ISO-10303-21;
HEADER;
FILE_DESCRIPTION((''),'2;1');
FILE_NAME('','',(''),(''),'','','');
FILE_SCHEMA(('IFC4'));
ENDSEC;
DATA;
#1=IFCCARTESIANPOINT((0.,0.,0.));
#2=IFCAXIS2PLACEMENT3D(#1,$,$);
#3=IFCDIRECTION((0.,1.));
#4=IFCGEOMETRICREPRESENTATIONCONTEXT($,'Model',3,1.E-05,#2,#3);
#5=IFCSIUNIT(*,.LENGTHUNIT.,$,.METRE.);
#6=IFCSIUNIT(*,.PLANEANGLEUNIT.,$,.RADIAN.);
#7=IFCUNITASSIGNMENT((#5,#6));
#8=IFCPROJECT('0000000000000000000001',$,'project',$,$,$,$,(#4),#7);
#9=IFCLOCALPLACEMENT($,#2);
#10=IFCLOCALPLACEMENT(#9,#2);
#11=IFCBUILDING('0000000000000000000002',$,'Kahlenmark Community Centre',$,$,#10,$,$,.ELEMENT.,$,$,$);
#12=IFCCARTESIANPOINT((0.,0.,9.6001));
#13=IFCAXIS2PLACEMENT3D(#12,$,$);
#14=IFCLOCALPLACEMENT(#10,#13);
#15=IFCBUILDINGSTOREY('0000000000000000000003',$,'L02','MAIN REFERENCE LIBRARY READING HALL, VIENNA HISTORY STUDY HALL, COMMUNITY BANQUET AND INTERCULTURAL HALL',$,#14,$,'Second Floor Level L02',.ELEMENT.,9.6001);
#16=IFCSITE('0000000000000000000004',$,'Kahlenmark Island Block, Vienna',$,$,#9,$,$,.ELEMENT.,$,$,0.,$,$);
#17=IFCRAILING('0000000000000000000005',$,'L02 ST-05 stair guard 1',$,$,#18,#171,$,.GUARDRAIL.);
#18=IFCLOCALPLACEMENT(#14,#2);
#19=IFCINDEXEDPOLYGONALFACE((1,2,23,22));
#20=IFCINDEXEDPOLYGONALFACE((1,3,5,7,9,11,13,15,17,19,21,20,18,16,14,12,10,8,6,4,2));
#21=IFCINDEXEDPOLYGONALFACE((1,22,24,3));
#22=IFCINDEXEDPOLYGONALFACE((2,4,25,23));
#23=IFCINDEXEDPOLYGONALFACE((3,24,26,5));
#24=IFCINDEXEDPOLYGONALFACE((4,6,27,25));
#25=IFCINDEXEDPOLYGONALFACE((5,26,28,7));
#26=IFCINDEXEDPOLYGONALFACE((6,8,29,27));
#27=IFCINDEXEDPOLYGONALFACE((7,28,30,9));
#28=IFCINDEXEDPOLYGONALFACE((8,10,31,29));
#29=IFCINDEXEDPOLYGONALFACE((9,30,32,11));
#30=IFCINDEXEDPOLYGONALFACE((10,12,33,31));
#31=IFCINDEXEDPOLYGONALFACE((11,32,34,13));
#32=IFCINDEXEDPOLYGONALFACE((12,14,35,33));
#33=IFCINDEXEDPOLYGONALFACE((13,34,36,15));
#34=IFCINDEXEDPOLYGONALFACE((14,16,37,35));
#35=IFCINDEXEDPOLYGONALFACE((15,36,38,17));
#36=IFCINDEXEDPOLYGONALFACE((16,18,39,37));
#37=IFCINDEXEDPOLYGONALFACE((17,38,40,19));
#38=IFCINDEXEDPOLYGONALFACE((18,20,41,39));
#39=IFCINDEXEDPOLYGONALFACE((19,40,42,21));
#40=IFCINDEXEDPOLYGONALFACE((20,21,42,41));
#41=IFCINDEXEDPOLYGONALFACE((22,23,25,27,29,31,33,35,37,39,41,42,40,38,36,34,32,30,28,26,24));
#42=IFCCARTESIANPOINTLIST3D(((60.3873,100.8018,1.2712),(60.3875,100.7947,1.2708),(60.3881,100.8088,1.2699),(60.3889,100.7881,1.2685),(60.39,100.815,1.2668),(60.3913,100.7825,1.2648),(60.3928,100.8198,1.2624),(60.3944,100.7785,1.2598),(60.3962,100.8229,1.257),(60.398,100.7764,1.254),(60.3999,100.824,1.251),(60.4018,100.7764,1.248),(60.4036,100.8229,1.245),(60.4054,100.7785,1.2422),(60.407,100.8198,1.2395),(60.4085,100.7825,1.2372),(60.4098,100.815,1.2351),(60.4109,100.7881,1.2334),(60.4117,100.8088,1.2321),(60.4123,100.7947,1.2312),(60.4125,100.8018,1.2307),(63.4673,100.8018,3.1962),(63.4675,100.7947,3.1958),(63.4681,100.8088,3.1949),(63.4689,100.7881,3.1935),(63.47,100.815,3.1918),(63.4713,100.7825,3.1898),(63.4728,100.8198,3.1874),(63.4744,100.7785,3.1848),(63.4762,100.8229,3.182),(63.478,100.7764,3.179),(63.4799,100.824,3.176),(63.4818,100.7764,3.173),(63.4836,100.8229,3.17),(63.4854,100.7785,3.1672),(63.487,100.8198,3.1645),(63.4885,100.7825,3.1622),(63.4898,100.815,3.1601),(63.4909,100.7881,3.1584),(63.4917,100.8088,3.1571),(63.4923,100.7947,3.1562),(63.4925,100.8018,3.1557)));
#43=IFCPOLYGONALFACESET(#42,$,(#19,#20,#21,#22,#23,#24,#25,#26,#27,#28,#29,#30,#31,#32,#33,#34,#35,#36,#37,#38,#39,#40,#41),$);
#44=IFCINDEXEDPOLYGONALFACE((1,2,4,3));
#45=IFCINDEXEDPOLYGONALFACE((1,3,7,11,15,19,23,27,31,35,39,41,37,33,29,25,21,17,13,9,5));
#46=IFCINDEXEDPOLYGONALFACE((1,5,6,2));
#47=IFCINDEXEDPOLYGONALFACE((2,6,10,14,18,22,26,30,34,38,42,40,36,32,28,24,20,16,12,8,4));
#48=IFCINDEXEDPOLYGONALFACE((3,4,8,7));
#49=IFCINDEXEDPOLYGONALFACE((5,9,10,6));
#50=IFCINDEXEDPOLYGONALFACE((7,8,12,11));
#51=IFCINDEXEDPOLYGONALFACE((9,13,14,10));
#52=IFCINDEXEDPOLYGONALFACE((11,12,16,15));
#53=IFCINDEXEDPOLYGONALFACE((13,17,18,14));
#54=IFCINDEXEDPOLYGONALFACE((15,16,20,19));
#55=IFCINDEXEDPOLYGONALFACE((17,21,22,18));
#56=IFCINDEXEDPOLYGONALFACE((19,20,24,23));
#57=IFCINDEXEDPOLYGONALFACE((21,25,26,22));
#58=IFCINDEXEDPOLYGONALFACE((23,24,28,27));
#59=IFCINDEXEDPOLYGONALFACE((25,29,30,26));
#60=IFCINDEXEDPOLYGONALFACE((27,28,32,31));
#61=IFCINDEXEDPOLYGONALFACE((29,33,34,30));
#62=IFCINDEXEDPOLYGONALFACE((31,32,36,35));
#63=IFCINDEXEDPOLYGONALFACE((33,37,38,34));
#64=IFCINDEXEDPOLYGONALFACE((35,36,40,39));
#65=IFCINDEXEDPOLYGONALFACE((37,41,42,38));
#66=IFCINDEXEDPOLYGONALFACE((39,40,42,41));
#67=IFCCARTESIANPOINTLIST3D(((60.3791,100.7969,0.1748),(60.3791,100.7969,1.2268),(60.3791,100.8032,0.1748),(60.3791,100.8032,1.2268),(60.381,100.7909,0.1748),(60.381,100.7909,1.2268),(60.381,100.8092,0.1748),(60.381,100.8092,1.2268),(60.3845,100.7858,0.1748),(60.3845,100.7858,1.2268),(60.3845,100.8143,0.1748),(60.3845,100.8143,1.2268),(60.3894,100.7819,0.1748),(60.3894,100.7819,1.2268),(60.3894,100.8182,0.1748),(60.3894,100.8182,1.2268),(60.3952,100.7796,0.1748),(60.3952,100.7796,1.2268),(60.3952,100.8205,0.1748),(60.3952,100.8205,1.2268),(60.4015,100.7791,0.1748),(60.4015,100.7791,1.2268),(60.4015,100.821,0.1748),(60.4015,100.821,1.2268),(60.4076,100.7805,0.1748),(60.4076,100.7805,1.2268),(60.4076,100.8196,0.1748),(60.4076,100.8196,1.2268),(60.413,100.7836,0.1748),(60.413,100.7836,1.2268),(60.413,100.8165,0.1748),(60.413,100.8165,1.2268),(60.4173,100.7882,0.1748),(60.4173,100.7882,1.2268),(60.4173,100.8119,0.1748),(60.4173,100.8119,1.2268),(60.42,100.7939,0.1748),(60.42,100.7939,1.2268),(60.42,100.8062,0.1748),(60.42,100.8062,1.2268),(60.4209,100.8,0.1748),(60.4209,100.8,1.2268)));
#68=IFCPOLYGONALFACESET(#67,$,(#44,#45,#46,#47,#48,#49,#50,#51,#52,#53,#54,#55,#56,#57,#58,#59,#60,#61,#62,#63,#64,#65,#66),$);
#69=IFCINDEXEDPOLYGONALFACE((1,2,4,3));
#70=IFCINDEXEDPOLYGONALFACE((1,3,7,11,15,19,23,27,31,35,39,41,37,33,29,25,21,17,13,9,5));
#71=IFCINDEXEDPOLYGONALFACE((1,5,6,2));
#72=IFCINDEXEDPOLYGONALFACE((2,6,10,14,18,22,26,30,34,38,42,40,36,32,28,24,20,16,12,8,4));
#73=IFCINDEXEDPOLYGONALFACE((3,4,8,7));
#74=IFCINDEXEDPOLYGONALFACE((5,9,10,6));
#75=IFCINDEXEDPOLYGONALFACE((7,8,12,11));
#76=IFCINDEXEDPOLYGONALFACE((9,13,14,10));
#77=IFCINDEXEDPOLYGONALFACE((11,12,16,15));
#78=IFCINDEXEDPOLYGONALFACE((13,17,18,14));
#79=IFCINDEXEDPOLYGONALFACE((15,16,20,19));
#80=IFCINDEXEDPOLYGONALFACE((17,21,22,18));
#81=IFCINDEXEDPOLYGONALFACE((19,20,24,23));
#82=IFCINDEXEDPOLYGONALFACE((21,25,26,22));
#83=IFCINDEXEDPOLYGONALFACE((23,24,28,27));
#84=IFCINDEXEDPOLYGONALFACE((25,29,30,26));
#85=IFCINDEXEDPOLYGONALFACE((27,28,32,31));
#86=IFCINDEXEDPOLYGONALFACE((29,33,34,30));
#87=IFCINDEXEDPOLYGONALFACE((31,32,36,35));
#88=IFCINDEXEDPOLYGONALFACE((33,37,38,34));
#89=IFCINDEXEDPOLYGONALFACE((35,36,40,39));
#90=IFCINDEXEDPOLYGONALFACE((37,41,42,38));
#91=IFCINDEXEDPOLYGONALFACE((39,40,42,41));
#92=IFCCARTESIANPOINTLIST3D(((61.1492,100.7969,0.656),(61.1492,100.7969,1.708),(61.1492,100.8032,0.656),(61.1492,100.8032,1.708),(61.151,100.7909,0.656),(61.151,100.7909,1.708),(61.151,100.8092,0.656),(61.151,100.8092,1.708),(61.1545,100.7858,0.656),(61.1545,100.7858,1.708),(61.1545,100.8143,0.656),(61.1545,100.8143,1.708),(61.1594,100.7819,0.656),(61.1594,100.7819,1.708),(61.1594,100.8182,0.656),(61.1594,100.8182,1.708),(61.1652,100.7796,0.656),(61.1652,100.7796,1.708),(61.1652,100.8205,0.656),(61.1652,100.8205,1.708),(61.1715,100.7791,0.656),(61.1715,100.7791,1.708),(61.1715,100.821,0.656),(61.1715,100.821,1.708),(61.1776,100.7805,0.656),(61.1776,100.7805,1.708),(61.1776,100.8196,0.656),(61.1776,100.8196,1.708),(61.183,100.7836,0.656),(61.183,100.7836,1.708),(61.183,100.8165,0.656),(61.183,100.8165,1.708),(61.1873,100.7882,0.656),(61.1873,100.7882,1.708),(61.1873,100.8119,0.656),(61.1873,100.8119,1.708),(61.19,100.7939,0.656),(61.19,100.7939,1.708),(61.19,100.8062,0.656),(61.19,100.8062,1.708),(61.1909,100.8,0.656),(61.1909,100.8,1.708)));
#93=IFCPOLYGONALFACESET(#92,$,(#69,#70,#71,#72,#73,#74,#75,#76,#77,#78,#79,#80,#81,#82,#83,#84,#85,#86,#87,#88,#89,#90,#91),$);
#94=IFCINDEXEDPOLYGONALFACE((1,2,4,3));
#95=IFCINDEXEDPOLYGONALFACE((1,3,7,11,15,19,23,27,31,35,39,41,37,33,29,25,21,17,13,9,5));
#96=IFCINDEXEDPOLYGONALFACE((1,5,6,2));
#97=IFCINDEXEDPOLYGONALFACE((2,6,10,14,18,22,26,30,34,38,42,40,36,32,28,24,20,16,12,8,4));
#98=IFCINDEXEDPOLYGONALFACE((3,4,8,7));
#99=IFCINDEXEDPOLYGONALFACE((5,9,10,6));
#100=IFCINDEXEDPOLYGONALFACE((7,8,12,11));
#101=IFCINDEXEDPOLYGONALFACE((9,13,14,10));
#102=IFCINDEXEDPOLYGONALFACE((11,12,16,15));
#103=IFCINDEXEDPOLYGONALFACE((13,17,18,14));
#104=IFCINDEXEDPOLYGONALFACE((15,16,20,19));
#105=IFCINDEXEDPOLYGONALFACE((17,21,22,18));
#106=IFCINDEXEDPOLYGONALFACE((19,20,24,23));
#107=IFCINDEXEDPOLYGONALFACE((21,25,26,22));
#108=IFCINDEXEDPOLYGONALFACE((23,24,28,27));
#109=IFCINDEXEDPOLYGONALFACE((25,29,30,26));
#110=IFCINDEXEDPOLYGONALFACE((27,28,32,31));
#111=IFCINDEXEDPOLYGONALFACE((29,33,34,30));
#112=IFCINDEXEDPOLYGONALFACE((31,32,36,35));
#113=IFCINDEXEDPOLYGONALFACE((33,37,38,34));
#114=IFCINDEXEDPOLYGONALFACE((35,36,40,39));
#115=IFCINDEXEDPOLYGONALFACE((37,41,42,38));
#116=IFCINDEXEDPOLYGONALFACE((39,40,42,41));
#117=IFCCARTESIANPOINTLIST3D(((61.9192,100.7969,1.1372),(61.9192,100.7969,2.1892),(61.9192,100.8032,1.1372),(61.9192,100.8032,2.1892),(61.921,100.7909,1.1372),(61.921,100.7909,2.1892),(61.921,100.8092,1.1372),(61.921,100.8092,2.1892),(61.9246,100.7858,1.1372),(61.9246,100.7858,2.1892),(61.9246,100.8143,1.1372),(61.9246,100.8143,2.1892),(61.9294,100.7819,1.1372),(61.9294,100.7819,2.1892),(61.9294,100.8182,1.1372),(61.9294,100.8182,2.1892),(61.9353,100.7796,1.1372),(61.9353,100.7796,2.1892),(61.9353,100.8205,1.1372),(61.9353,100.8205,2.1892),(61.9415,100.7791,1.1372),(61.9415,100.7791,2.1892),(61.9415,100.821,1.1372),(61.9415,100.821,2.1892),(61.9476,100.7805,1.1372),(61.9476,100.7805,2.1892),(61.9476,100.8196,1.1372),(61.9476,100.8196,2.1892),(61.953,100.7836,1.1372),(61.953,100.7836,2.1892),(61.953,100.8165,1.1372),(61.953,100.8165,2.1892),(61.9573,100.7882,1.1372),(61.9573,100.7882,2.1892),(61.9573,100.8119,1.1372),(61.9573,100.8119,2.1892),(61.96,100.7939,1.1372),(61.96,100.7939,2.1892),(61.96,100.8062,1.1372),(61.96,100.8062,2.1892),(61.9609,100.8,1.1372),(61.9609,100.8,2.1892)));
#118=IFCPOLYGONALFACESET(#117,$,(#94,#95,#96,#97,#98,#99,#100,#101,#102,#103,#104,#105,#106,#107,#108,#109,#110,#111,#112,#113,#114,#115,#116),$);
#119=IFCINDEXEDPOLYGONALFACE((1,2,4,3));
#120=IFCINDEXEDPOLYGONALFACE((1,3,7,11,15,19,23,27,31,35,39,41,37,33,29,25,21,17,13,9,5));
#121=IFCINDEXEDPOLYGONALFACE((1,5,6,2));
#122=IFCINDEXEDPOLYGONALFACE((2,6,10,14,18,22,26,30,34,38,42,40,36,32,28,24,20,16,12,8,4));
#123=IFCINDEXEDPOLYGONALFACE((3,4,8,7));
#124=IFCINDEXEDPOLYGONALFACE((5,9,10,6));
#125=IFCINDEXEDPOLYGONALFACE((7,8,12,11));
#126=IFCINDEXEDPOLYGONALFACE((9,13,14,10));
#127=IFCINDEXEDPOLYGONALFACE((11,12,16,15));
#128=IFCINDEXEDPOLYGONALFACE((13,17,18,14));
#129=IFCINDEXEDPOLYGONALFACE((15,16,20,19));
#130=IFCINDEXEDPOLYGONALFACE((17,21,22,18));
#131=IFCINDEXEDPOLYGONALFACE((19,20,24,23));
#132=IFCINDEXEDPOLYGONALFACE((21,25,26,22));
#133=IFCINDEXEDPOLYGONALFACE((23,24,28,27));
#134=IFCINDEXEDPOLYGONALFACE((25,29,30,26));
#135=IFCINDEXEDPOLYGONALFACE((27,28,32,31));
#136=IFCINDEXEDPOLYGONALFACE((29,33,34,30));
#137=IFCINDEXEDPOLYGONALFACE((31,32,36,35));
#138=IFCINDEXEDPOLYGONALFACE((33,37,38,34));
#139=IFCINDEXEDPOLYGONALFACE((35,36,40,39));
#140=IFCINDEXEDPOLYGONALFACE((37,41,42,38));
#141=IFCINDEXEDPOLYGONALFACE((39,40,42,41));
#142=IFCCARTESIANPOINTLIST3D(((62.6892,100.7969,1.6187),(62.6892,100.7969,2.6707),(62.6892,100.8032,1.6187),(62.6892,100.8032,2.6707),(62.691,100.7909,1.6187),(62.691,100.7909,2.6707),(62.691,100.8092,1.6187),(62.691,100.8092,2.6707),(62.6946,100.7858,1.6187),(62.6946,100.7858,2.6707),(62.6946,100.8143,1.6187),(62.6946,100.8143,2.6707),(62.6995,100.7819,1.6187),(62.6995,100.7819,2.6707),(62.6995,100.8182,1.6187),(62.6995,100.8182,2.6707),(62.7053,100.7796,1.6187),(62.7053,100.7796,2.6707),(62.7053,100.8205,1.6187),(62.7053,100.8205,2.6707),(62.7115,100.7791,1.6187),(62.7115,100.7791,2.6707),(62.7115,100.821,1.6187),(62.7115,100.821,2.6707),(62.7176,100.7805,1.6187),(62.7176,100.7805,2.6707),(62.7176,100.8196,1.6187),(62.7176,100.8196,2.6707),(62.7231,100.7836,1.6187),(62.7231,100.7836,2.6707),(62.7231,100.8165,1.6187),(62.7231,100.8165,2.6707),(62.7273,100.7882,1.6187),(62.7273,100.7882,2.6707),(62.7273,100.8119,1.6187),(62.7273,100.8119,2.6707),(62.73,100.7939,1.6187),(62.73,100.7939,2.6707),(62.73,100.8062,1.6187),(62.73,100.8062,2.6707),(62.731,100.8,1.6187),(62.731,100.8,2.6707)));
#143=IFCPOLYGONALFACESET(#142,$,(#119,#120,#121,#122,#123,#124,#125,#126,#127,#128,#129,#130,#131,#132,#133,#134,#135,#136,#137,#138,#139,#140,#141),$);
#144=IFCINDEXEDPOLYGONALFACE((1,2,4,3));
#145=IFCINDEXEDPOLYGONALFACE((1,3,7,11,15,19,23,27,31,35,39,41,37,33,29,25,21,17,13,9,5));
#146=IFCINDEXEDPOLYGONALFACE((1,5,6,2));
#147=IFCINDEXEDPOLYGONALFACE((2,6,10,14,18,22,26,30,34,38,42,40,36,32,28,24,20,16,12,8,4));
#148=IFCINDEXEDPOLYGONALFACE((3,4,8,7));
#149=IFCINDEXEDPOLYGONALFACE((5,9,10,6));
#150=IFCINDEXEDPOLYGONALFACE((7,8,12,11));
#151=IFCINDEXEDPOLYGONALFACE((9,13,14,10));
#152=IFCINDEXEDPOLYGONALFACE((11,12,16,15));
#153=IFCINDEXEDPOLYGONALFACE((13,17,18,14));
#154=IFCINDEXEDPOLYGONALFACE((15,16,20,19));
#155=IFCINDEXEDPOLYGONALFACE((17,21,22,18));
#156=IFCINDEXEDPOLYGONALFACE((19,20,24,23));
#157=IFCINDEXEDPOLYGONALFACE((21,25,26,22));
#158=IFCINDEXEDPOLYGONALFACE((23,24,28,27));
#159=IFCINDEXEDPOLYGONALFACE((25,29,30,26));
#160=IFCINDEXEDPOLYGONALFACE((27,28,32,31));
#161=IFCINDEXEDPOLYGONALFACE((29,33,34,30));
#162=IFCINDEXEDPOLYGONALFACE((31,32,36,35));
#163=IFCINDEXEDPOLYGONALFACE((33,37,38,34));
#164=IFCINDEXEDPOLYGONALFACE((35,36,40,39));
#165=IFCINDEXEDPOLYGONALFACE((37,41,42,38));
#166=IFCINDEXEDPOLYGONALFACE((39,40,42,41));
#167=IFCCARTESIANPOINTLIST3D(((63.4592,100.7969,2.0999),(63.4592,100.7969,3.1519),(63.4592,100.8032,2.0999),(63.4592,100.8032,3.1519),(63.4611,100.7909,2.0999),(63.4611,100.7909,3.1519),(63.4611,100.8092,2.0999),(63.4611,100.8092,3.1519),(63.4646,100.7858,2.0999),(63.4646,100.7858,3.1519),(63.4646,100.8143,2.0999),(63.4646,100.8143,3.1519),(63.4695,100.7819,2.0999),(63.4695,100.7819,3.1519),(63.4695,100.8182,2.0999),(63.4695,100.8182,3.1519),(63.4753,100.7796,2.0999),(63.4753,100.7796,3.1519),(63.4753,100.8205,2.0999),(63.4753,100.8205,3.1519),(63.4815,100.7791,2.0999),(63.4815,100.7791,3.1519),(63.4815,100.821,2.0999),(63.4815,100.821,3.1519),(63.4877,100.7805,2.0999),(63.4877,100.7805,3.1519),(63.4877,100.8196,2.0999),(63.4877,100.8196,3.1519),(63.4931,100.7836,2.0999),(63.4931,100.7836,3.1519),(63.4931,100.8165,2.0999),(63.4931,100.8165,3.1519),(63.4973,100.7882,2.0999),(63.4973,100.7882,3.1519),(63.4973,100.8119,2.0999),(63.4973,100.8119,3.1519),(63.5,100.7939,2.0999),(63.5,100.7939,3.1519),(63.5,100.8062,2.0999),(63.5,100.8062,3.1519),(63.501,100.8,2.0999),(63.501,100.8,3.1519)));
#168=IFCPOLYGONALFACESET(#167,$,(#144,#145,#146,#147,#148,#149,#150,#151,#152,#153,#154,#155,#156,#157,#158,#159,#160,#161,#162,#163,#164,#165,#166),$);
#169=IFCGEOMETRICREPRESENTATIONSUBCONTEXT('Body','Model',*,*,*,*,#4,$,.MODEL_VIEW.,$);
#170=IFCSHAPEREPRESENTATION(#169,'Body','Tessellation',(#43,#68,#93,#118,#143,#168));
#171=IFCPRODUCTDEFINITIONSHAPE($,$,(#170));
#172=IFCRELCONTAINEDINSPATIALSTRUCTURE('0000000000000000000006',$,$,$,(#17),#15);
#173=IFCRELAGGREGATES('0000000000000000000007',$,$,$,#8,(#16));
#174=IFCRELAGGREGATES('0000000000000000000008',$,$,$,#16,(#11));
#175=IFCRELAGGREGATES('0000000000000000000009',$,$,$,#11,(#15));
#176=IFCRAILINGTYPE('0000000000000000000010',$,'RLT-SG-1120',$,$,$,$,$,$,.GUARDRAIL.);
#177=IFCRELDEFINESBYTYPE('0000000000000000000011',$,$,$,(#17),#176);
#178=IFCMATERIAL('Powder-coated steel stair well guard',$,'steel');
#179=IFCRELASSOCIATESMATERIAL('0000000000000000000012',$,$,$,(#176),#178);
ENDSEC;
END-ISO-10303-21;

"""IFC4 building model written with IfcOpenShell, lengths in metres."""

from ifc_helpers import new_model, si_unit, direction, frame, origin, origin_2d, place, context, subcontext, project, spatial, circle, extrude, material, type_object, element, save


model = new_model("IFC4")

# Units and contexts
model_context = context("Model", 3, precision=1e-05, world=origin(), true_north=direction((0.0, 1.0)))
body_context = subcontext(model_context, "Body", "Model", "MODEL_VIEW")
ifc_project = project(units=[si_unit("LENGTHUNIT", "METRE"), si_unit("PLANEANGLEUNIT", "RADIAN")], contexts=[model_context])

# Site, building, storey
site_placement = place(None, origin())
site = spatial("IfcSite", under=ifc_project, at=site_placement, Name="Kahlenmark Island Block, Vienna", CompositionType="ELEMENT", RefElevation=0.0)
building_placement = place(site_placement, origin())
building = spatial("IfcBuilding", under=site, at=building_placement, Name="Kahlenmark Community Centre", CompositionType="ELEMENT")
storey_placement = place(building_placement, frame((0.0, 0.0, 9.6001)))
storey = spatial("IfcBuildingStorey", under=building, at=storey_placement, Name="L02", Description="MAIN REFERENCE LIBRARY READING HALL, VIENNA HISTORY STUDY HALL, COMMUNITY BANQUET AND INTERCULTURAL HALL", LongName="Second Floor Level L02", CompositionType="ELEMENT", Elevation=9.6001)

# Railing
ifc_material_1 = material(Name="Powder-coated steel stair well guard", Category="steel")
railing_type_1 = type_object("IfcRailingType", Name="RLT-SG-1120", PredefinedType="GUARDRAIL", material=ifc_material_1)
railing_1_placement = place(storey_placement, frame((60.3999, 100.8, 0.1748)))
element("IfcRailing", 1, at=railing_1_placement, inside=storey, type_object=railing_type_1, Name="L02 ST-05 stair guard 1", PredefinedType="GUARDRAIL", context=body_context, shape_type="SweptSolid", body=[
    extrude(circle(Radius=0.0239, at=origin_2d()), frame((0.0, 0.0, 1.0762), z_axis=(0.847998, 0.0, 0.529999), x_axis=(0.0, 1.0, 0.0)), (0.0, 0.0, 1.0), 3.6321),
    extrude(circle(Radius=0.021, at=origin_2d()), origin(), (0.0, 0.0, 1.0), 1.052),
    extrude(circle(Radius=0.021, at=origin_2d()), frame((0.77, 0.0, 0.4812)), (0.0, 0.0, 1.0), 1.052),
    extrude(circle(Radius=0.021, at=origin_2d()), frame((1.54, 0.0, 0.9624)), (0.0, 0.0, 1.0), 1.052),
    extrude(circle(Radius=0.021, at=origin_2d()), frame((2.3101, 0.0, 1.4438)), (0.0, 0.0, 1.0), 1.052),
    extrude(circle(Radius=0.021, at=origin_2d()), frame((3.0801, 0.0, 1.925)), (0.0, 0.0, 1.0), 1.052),
])

save(model, "model.ifc")
